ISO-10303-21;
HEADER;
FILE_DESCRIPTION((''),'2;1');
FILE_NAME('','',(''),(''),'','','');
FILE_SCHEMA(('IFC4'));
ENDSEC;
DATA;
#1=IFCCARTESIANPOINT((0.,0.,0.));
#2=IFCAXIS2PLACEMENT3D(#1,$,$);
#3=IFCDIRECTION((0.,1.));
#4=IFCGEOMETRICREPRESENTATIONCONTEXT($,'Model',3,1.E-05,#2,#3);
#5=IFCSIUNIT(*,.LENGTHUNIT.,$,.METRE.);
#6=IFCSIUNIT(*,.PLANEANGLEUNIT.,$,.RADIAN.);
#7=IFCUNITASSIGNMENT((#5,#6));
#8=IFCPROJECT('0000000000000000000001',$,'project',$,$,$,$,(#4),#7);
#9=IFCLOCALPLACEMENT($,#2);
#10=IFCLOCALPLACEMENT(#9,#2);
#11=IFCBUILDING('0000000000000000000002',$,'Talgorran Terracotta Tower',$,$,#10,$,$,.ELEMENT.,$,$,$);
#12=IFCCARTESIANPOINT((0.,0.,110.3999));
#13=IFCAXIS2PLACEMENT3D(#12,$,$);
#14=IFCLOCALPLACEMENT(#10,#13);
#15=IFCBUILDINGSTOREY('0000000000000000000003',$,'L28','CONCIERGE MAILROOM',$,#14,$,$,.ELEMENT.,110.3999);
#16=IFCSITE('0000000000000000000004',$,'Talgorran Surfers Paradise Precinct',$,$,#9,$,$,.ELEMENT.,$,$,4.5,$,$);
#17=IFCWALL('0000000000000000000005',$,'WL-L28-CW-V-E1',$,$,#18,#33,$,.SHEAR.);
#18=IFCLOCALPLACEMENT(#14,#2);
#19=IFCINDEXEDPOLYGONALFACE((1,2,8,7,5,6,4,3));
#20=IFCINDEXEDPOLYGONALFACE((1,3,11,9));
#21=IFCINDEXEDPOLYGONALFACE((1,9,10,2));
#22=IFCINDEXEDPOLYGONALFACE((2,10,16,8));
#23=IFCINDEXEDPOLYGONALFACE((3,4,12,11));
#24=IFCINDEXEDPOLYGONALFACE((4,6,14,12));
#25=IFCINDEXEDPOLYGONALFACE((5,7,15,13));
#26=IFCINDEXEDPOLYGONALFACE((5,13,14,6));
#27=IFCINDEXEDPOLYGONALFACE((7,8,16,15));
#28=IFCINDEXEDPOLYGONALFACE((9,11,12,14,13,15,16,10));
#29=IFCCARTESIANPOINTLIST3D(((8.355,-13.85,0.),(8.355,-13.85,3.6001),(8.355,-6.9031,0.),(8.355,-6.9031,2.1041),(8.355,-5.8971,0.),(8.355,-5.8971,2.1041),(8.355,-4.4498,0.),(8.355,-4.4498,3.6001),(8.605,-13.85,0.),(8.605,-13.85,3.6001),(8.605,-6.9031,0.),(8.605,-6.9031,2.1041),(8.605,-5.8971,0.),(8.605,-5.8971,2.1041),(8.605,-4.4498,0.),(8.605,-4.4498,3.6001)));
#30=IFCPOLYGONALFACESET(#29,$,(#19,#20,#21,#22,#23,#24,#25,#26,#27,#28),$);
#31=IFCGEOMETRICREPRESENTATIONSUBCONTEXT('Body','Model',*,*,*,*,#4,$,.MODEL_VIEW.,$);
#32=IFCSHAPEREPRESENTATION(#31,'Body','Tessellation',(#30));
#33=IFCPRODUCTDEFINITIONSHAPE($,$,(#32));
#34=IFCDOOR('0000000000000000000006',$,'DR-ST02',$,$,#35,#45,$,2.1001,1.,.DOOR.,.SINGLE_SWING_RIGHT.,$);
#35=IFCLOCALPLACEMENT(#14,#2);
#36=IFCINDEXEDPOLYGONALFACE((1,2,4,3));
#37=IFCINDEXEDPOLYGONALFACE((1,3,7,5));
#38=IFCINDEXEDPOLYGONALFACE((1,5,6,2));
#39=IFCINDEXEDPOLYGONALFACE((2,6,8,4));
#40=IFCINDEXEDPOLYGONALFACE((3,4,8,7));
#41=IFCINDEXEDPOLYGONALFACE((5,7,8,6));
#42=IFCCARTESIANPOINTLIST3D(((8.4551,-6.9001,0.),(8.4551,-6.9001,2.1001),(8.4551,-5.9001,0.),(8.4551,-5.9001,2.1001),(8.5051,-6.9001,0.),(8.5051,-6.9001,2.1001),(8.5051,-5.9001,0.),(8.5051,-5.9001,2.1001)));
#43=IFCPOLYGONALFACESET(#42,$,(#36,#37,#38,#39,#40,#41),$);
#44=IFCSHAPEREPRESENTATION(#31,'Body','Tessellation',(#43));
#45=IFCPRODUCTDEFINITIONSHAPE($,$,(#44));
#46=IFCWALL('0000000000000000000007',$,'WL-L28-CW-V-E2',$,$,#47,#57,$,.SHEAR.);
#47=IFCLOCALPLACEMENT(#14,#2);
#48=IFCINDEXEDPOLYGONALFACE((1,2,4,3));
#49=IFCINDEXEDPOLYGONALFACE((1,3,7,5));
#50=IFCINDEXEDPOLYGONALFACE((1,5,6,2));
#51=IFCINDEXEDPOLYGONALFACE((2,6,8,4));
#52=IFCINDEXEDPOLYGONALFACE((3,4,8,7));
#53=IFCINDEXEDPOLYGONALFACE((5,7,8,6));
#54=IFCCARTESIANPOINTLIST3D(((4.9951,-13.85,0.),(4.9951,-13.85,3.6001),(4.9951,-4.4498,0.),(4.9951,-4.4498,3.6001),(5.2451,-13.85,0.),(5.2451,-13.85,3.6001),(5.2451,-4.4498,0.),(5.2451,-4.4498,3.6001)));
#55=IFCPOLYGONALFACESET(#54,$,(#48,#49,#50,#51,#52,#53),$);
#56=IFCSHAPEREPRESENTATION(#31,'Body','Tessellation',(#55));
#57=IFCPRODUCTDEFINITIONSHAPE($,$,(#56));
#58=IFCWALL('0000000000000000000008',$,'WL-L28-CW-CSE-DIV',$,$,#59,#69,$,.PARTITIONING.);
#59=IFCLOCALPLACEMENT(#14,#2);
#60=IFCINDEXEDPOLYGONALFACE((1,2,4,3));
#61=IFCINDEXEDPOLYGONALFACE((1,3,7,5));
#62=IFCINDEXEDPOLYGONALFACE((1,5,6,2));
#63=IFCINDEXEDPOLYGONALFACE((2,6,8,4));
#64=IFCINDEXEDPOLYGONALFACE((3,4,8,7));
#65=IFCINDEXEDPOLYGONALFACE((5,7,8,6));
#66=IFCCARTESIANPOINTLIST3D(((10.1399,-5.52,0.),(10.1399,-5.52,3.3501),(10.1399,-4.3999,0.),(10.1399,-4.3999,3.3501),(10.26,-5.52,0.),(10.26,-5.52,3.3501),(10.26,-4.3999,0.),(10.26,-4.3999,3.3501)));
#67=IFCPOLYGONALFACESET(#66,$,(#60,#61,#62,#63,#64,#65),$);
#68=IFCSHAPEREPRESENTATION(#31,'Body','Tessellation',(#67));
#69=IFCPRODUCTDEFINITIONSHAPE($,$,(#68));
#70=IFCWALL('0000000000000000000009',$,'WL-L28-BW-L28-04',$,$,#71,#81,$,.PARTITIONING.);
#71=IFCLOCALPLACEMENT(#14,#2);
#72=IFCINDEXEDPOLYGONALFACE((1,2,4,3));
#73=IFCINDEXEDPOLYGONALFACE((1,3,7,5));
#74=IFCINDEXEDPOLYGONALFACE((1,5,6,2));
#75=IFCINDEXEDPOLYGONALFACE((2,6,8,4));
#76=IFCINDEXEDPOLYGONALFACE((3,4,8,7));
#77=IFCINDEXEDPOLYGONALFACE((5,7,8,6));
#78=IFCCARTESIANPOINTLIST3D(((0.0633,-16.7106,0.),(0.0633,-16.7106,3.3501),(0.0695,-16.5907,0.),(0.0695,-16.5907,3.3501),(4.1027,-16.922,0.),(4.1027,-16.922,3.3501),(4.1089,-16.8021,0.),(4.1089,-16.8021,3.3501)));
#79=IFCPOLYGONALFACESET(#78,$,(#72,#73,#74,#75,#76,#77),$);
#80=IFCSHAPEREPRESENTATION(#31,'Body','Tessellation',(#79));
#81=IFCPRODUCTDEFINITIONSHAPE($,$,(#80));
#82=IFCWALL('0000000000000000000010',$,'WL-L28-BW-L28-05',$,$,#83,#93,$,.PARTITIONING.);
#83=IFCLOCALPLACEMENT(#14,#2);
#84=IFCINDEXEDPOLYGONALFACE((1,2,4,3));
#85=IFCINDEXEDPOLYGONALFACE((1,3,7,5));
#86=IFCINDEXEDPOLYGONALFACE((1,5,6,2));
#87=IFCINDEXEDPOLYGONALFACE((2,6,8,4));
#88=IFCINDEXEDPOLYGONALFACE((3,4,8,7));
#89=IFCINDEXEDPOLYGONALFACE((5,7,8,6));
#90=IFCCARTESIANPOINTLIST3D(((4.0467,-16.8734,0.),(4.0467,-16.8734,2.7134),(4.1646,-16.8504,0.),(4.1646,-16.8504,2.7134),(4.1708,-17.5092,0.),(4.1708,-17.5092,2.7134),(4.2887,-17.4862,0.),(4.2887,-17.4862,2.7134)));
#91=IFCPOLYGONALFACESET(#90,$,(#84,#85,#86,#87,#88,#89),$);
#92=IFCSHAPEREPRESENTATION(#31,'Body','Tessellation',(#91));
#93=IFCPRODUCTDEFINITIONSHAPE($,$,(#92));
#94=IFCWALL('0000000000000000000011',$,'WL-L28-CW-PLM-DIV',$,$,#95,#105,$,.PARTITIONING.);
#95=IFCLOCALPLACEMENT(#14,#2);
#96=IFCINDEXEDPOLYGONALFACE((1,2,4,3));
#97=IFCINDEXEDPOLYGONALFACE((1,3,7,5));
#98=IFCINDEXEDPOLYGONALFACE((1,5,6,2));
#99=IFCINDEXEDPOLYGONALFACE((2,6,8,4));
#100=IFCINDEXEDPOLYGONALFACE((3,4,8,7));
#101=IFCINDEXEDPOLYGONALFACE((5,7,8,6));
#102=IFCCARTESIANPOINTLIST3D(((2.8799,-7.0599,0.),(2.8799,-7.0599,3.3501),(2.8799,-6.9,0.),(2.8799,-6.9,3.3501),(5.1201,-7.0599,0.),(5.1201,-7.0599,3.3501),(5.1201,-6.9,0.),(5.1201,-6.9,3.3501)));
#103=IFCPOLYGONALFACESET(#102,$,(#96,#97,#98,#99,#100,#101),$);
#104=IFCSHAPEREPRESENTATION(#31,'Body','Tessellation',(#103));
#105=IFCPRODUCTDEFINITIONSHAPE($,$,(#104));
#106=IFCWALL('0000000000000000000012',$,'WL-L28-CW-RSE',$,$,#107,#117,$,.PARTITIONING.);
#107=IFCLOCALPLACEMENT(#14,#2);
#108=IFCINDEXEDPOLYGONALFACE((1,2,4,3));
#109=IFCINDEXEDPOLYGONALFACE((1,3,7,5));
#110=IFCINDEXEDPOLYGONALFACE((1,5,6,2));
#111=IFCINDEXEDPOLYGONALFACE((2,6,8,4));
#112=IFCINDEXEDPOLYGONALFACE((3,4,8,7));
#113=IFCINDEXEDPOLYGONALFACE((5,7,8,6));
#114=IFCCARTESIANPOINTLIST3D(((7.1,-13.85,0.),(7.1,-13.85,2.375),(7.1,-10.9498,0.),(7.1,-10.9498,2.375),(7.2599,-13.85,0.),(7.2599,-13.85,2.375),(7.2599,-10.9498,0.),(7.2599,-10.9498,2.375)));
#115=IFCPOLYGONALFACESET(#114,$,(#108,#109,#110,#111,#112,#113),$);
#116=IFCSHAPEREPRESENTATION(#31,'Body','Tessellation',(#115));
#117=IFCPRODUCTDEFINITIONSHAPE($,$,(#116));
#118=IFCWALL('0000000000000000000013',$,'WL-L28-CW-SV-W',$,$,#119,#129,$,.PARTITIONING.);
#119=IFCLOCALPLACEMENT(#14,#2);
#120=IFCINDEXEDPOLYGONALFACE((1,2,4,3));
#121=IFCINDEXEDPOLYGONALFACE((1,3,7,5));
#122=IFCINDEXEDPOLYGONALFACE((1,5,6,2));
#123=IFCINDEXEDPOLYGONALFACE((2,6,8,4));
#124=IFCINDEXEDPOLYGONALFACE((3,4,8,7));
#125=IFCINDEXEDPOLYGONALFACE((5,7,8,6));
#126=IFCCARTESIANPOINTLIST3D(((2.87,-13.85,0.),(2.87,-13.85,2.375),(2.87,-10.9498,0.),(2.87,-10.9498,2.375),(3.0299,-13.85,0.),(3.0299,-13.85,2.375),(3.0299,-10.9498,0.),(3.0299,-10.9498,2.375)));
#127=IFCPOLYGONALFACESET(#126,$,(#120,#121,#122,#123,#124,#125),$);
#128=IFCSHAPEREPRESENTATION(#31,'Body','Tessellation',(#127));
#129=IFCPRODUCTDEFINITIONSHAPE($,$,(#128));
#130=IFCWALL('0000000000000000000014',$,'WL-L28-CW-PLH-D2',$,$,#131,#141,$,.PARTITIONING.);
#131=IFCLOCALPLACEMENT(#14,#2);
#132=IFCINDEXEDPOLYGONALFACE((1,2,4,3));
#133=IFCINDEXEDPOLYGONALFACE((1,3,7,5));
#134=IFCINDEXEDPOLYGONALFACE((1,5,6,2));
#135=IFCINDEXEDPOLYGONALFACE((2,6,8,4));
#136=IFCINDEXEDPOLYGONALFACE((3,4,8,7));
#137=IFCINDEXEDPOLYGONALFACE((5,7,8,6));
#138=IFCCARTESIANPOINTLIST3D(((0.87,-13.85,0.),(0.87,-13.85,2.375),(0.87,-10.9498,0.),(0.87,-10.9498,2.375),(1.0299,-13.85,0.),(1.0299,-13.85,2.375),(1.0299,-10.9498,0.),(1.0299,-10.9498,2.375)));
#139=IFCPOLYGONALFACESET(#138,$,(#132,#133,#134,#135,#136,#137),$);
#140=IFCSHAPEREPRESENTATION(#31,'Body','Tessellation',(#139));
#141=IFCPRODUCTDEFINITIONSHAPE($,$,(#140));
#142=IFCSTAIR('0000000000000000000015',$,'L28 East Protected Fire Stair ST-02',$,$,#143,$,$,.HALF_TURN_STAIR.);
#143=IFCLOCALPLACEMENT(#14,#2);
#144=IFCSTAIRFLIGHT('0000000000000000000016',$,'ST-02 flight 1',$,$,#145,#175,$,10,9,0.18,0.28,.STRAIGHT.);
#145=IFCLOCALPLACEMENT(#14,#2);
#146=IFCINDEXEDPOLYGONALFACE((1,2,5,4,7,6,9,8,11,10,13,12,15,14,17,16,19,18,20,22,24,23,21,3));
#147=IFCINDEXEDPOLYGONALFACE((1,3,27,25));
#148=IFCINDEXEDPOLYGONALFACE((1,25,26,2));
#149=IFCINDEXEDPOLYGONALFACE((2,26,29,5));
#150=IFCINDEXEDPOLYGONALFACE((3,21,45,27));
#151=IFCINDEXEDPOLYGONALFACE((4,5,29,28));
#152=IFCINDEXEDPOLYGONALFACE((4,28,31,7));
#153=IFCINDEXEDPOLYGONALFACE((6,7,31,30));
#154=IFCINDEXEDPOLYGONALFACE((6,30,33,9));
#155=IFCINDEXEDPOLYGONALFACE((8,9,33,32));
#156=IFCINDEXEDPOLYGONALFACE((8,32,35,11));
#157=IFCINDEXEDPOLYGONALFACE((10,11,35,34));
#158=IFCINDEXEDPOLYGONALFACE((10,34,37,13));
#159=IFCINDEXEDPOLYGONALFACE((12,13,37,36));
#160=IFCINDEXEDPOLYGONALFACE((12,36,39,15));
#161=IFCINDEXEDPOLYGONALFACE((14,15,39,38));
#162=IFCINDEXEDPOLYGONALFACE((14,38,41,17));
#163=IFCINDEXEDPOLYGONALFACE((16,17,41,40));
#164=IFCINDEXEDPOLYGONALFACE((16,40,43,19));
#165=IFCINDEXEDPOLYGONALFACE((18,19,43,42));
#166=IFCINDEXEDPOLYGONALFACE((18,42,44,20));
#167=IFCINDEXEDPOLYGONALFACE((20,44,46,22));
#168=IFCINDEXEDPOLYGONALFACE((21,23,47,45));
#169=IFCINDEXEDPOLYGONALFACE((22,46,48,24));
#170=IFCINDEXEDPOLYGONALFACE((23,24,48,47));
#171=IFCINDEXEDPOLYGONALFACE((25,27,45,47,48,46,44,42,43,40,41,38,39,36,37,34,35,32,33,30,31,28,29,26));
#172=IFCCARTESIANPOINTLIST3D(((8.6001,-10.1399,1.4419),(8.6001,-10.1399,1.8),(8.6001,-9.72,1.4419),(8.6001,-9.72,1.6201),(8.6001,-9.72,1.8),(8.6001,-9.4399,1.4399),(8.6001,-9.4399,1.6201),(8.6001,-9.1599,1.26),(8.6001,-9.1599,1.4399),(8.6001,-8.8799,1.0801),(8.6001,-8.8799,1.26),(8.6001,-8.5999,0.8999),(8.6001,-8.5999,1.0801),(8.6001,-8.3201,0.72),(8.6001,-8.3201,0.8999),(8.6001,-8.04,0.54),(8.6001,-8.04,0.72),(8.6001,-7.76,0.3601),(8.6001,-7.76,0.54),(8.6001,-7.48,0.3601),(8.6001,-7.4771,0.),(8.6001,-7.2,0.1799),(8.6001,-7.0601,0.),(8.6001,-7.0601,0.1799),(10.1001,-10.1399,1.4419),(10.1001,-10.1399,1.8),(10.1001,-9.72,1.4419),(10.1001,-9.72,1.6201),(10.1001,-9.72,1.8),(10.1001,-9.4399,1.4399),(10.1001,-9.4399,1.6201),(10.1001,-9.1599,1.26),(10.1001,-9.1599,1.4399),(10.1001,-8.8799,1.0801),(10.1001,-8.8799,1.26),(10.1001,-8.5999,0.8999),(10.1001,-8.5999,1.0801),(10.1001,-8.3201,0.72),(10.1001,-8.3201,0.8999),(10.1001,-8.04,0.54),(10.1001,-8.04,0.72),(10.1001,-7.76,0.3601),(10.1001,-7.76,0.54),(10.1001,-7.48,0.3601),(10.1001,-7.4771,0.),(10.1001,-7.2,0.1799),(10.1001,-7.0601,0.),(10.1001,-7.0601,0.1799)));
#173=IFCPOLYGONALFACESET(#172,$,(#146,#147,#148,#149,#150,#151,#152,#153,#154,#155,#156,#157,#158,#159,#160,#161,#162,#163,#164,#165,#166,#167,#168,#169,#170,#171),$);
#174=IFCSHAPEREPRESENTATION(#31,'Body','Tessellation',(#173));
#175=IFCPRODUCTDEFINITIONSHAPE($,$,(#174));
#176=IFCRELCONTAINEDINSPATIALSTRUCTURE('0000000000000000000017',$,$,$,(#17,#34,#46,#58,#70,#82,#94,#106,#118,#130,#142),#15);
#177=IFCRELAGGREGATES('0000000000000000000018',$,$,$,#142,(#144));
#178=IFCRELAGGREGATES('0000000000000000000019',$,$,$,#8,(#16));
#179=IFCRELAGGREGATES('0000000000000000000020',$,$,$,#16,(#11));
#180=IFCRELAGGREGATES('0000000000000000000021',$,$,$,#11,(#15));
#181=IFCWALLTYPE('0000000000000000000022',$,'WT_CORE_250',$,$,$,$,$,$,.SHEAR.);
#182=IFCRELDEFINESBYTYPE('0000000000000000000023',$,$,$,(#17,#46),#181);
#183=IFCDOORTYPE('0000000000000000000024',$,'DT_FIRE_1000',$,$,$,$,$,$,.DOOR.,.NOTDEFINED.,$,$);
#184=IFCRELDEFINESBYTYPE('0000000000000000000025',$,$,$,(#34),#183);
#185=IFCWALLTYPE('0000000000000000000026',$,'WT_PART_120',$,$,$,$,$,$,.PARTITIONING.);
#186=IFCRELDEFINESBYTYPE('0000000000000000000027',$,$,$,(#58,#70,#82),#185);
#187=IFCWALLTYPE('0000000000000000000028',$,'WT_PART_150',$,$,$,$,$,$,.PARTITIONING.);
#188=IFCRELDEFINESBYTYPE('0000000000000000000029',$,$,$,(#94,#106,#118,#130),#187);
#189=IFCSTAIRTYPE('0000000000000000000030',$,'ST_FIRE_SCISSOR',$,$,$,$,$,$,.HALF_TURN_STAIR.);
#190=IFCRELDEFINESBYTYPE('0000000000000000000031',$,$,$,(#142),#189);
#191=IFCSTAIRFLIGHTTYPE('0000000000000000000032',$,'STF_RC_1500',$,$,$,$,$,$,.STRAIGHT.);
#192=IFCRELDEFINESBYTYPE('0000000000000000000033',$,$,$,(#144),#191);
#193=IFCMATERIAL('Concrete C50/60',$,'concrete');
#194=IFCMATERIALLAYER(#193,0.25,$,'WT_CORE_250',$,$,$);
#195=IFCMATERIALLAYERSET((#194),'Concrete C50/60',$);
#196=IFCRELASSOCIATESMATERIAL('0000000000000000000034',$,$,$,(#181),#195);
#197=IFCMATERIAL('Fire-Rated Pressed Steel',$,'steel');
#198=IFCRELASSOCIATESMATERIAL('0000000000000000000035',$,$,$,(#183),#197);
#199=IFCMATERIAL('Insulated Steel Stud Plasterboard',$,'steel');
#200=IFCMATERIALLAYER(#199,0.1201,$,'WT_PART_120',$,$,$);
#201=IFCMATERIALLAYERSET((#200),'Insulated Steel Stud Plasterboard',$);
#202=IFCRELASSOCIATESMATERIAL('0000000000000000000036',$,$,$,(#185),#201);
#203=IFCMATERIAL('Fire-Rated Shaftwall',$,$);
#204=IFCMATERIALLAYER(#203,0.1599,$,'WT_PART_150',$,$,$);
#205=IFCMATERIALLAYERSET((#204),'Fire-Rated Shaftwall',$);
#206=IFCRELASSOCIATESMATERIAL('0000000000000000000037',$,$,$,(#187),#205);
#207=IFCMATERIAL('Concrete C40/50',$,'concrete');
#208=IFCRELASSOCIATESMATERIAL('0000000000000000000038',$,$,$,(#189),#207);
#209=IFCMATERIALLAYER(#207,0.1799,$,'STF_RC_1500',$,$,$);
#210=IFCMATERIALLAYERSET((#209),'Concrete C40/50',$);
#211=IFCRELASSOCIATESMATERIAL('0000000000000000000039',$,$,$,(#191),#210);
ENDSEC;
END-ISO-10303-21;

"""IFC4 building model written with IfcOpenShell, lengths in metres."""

from ifc_helpers import new_model, si_unit, direction, frame, frame_2d, origin, place, context, subcontext, project, spatial, polyline, rectangle, outline, extrude, material, layer, layer_set, type_object, element, fill, aggregate, save


model = new_model("IFC4")

# Units and contexts
model_context = context("Model", 3, precision=1e-05, world=origin(), true_north=direction((0.0, 1.0)))
body_context = subcontext(model_context, "Body", "Model", "MODEL_VIEW")
ifc_project = project(units=[si_unit("LENGTHUNIT", "METRE"), si_unit("PLANEANGLEUNIT", "RADIAN")], contexts=[model_context])

# Site, building, storey
site_placement = place(None, origin())
site = spatial("IfcSite", under=ifc_project, at=site_placement, Name="Talgorran Surfers Paradise Precinct", CompositionType="ELEMENT", RefElevation=4.5)
building_placement = place(site_placement, origin())
building = spatial("IfcBuilding", under=site, at=building_placement, Name="Talgorran Terracotta Tower", CompositionType="ELEMENT")
storey_placement = place(building_placement, frame((0.0, 0.0, 110.3999)))
storey = spatial("IfcBuildingStorey", under=building, at=storey_placement, Name="L28", Description="CONCIERGE MAILROOM", CompositionType="ELEMENT", Elevation=110.3999)

# Shared definitions
ifc_material_1 = material(Name="Concrete C50/60", Category="concrete")

# Shared definitions
ifc_material_2 = material(Name="Fire-Rated Pressed Steel", Category="steel")

# Wall, opening, door
ifc_layer_1 = layer(ifc_material_1, 0.25, Name="WT_CORE_250")
ifc_layer_set_1 = layer_set([ifc_layer_1], Name="Concrete C50/60")
wall_type_1 = type_object("IfcWallType", Name="WT_CORE_250", PredefinedType="SHEAR", material=ifc_layer_set_1)
wall_1_placement = place(storey_placement, frame((8.48, -13.8501, 0.0), z_axis=(0.0, 0.0, 1.0), x_axis=(0.0, 1.0, 0.0)))
wall_1 = element("IfcWall", 1, at=wall_1_placement, inside=storey, type_object=wall_type_1, Name="WL-L28-CW-V-E1", PredefinedType="SHEAR", context=body_context, shape_type="SweptSolid", body=[
    extrude(rectangle(XDim=9.4001, YDim=0.25, at=frame_2d((4.7002, 0.0))), origin(), (0.0, 0.0, 1.0), 3.6001),
])
opening_1_placement = place(wall_1_placement, frame((6.95, 0.0, 0.0)))
opening_1 = element("IfcOpeningElement", 2, at=opening_1_placement, cuts=wall_1, PredefinedType="OPENING", context=body_context, shape_type="SweptSolid", body=[
    extrude(rectangle(XDim=1.006, YDim=2.1041, at=frame_2d((0.5, 1.052))), frame((0.0, 0.135, 0.0), z_axis=(0.0, -1.0, 0.0), x_axis=(1.0, 0.0, 0.0)), (0.0, 0.0, 1.0), 0.27),
])
door_type_1 = type_object("IfcDoorType", Name="DT_FIRE_1000", OperationType="NOTDEFINED", PredefinedType="DOOR", material=ifc_material_2)
door_1_placement = place(opening_1_placement, origin())
door_1 = element("IfcDoor", 3, at=door_1_placement, inside=storey, type_object=door_type_1, Name="DR-ST02", OperationType="SINGLE_SWING_RIGHT", OverallHeight=2.1001, OverallWidth=1.0, PredefinedType="DOOR", context=body_context, shape_type="SweptSolid", body=[
    extrude(rectangle(XDim=1.0, YDim=2.1001, at=frame_2d((0.5, 1.05))), frame((0.0, 0.0249, 0.0), z_axis=(0.0, -1.0, 0.0), x_axis=(1.0, 0.0, 0.0)), (0.0, 0.0, 1.0), 0.05),
])
fill(opening_1, door_1)

# Walls
wall_2_placement = place(storey_placement, frame((5.1201, -13.8501, 0.0), z_axis=(0.0, 0.0, 1.0), x_axis=(0.0, 1.0, 0.0)))
element("IfcWall", 4, at=wall_2_placement, inside=storey, type_object=wall_type_1, Name="WL-L28-CW-V-E2", PredefinedType="SHEAR", context=body_context, shape_type="SweptSolid", body=[
    extrude(rectangle(XDim=9.4001, YDim=0.25, at=frame_2d((4.7002, 0.0))), origin(), (0.0, 0.0, 1.0), 3.6001),
])
ifc_material_3 = material(Name="Insulated Steel Stud Plasterboard", Category="steel")
ifc_layer_2 = layer(ifc_material_3, 0.1201, Name="WT_PART_120")
ifc_layer_set_2 = layer_set([ifc_layer_2], Name="Insulated Steel Stud Plasterboard")
wall_type_2 = type_object("IfcWallType", Name="WT_PART_120", PredefinedType="PARTITIONING", material=ifc_layer_set_2)
wall_3_placement = place(storey_placement, frame((10.2, -5.52, 0.0), z_axis=(0.0, 0.0, 1.0), x_axis=(0.0, 1.0, 0.0)))
element("IfcWall", 5, at=wall_3_placement, inside=storey, type_object=wall_type_2, Name="WL-L28-CW-CSE-DIV", PredefinedType="PARTITIONING", context=body_context, shape_type="SweptSolid", body=[
    extrude(rectangle(XDim=1.1201, YDim=0.1201, at=frame_2d((0.5601, 0.0))), origin(), (0.0, 0.0, 1.0), 3.3501),
])
wall_4_placement = place(storey_placement, frame((0.0664, -16.6506, 0.0), z_axis=(0.0, 0.0, 1.0), x_axis=(0.998633, -0.052271, 0.0)))
element("IfcWall", 6, at=wall_4_placement, inside=storey, type_object=wall_type_2, Name="WL-L28-BW-L28-04", PredefinedType="PARTITIONING", context=body_context, shape_type="SweptSolid", body=[
    extrude(rectangle(XDim=4.0449, YDim=0.1201, at=frame_2d((2.0225, 0.0))), origin(), (0.0, 0.0, 1.0), 3.3501),
])
wall_5_placement = place(storey_placement, frame((4.1057, -16.8621, 0.0), z_axis=(0.0, 0.0, 1.0), x_axis=(0.191475, -0.981498, 0.0)))
element("IfcWall", 7, at=wall_5_placement, inside=storey, type_object=wall_type_2, Name="WL-L28-BW-L28-05", PredefinedType="PARTITIONING", context=body_context, shape_type="SweptSolid", body=[
    extrude(rectangle(XDim=0.6477, YDim=0.1201, at=frame_2d((0.3237, 0.0))), origin(), (0.0, 0.0, 1.0), 2.7134),
])
ifc_material_4 = material(Name="Fire-Rated Shaftwall")
ifc_layer_3 = layer(ifc_material_4, 0.1599, Name="WT_PART_150")
ifc_layer_set_3 = layer_set([ifc_layer_3], Name="Fire-Rated Shaftwall")
wall_type_3 = type_object("IfcWallType", Name="WT_PART_150", PredefinedType="PARTITIONING", material=ifc_layer_set_3)
wall_6_placement = place(storey_placement, frame((2.8799, -6.98, 0.0), z_axis=(0.0, 0.0, 1.0), x_axis=(1.0, 0.0, 0.0)))
element("IfcWall", 8, at=wall_6_placement, inside=storey, type_object=wall_type_3, Name="WL-L28-CW-PLM-DIV", PredefinedType="PARTITIONING", context=body_context, shape_type="SweptSolid", body=[
    extrude(rectangle(XDim=2.2402, YDim=0.1599, at=frame_2d((1.1201, 0.0))), origin(), (0.0, 0.0, 1.0), 3.3501),
])
for number, where, z_axis, x_axis, name in (
    (9, (7.1799, -13.8501, 0.0), (0.0, 0.0, 1.0), (0.0, 1.0, 0.0), "WL-L28-CW-RSE"),
    (10, (2.95, -13.8501, 0.0), (0.0, 0.0, 1.0), (0.0, 1.0, 0.0), "WL-L28-CW-SV-W"),
    (11, (0.95, -13.8501, 0.0), (0.0, 0.0, 1.0), (0.0, 1.0, 0.0), "WL-L28-CW-PLH-D2"),
):
    element("IfcWall", number, at=place(storey_placement, frame(where, z_axis=z_axis, x_axis=x_axis)), inside=storey, type_object=wall_type_3, Name=name, PredefinedType="PARTITIONING", context=body_context, shape_type="SweptSolid", body=[
        extrude(rectangle(XDim=2.9001, YDim=0.1599, at=frame_2d((1.4502, 0.0))), origin(), (0.0, 0.0, 1.0), 2.375),
    ])

# Stair, stair flight
ifc_material_5 = material(Name="Concrete C40/50", Category="concrete")
stair_type = type_object("IfcStairType", Name="ST_FIRE_SCISSOR", PredefinedType="HALF_TURN_STAIR", material=ifc_material_5)
stair_placement = place(storey_placement, origin())
stair = element("IfcStair", 12, at=stair_placement, inside=storey, type_object=stair_type, Name="L28 East Protected Fire Stair ST-02", PredefinedType="HALF_TURN_STAIR")
ifc_layer_4 = layer(ifc_material_5, 0.1799, Name="STF_RC_1500")
ifc_layer_set_4 = layer_set([ifc_layer_4], Name="Concrete C40/50")
stair_flight_type = type_object("IfcStairFlightType", Name="STF_RC_1500", PredefinedType="STRAIGHT", material=ifc_layer_set_4)
stair_flight_placement = place(storey_placement, frame((9.3501, -7.2, 0.0), z_axis=(0.0, 0.0, 1.0), x_axis=(0.0, -1.0, 0.0)))
stair_flight = element("IfcStairFlight", 13, at=stair_flight_placement, type_object=stair_flight_type, Name="ST-02 flight 1", NumberOfRisers=10, NumberOfTreads=9, PredefinedType="STRAIGHT", RiserHeight=0.18, TreadLength=0.28, context=body_context, shape_type="SweptSolid", body=[
    extrude(outline(polyline([(-0.1399, 0.0), (-0.1399, 0.1799), (0.0, 0.1799), (0.28, 0.3601), (0.5601, 0.3601), (0.5601, 0.54), (0.8401, 0.54), (0.8401, 0.72), (1.1201, 0.72), (1.1201, 0.8999), (1.3999, 0.8999), (1.3999, 1.0801), (1.6799, 1.0801), (1.6799, 1.26), (1.96, 1.26), (1.96, 1.4399), (2.24, 1.4399), (2.24, 1.6201), (2.52, 1.6201), (2.52, 1.8), (2.9399, 1.8), (2.9399, 1.4419), (2.52, 1.4419), (0.2771, 0.0), (-0.1399, 0.0)])), frame((0.0, 0.75, 0.0), z_axis=(0.0, -1.0, 0.0), x_axis=(1.0, 0.0, 0.0)), (0.0, 0.0, 1.0), 1.5),
])
aggregate(stair, [stair_flight])

save(model, "model.ifc")
